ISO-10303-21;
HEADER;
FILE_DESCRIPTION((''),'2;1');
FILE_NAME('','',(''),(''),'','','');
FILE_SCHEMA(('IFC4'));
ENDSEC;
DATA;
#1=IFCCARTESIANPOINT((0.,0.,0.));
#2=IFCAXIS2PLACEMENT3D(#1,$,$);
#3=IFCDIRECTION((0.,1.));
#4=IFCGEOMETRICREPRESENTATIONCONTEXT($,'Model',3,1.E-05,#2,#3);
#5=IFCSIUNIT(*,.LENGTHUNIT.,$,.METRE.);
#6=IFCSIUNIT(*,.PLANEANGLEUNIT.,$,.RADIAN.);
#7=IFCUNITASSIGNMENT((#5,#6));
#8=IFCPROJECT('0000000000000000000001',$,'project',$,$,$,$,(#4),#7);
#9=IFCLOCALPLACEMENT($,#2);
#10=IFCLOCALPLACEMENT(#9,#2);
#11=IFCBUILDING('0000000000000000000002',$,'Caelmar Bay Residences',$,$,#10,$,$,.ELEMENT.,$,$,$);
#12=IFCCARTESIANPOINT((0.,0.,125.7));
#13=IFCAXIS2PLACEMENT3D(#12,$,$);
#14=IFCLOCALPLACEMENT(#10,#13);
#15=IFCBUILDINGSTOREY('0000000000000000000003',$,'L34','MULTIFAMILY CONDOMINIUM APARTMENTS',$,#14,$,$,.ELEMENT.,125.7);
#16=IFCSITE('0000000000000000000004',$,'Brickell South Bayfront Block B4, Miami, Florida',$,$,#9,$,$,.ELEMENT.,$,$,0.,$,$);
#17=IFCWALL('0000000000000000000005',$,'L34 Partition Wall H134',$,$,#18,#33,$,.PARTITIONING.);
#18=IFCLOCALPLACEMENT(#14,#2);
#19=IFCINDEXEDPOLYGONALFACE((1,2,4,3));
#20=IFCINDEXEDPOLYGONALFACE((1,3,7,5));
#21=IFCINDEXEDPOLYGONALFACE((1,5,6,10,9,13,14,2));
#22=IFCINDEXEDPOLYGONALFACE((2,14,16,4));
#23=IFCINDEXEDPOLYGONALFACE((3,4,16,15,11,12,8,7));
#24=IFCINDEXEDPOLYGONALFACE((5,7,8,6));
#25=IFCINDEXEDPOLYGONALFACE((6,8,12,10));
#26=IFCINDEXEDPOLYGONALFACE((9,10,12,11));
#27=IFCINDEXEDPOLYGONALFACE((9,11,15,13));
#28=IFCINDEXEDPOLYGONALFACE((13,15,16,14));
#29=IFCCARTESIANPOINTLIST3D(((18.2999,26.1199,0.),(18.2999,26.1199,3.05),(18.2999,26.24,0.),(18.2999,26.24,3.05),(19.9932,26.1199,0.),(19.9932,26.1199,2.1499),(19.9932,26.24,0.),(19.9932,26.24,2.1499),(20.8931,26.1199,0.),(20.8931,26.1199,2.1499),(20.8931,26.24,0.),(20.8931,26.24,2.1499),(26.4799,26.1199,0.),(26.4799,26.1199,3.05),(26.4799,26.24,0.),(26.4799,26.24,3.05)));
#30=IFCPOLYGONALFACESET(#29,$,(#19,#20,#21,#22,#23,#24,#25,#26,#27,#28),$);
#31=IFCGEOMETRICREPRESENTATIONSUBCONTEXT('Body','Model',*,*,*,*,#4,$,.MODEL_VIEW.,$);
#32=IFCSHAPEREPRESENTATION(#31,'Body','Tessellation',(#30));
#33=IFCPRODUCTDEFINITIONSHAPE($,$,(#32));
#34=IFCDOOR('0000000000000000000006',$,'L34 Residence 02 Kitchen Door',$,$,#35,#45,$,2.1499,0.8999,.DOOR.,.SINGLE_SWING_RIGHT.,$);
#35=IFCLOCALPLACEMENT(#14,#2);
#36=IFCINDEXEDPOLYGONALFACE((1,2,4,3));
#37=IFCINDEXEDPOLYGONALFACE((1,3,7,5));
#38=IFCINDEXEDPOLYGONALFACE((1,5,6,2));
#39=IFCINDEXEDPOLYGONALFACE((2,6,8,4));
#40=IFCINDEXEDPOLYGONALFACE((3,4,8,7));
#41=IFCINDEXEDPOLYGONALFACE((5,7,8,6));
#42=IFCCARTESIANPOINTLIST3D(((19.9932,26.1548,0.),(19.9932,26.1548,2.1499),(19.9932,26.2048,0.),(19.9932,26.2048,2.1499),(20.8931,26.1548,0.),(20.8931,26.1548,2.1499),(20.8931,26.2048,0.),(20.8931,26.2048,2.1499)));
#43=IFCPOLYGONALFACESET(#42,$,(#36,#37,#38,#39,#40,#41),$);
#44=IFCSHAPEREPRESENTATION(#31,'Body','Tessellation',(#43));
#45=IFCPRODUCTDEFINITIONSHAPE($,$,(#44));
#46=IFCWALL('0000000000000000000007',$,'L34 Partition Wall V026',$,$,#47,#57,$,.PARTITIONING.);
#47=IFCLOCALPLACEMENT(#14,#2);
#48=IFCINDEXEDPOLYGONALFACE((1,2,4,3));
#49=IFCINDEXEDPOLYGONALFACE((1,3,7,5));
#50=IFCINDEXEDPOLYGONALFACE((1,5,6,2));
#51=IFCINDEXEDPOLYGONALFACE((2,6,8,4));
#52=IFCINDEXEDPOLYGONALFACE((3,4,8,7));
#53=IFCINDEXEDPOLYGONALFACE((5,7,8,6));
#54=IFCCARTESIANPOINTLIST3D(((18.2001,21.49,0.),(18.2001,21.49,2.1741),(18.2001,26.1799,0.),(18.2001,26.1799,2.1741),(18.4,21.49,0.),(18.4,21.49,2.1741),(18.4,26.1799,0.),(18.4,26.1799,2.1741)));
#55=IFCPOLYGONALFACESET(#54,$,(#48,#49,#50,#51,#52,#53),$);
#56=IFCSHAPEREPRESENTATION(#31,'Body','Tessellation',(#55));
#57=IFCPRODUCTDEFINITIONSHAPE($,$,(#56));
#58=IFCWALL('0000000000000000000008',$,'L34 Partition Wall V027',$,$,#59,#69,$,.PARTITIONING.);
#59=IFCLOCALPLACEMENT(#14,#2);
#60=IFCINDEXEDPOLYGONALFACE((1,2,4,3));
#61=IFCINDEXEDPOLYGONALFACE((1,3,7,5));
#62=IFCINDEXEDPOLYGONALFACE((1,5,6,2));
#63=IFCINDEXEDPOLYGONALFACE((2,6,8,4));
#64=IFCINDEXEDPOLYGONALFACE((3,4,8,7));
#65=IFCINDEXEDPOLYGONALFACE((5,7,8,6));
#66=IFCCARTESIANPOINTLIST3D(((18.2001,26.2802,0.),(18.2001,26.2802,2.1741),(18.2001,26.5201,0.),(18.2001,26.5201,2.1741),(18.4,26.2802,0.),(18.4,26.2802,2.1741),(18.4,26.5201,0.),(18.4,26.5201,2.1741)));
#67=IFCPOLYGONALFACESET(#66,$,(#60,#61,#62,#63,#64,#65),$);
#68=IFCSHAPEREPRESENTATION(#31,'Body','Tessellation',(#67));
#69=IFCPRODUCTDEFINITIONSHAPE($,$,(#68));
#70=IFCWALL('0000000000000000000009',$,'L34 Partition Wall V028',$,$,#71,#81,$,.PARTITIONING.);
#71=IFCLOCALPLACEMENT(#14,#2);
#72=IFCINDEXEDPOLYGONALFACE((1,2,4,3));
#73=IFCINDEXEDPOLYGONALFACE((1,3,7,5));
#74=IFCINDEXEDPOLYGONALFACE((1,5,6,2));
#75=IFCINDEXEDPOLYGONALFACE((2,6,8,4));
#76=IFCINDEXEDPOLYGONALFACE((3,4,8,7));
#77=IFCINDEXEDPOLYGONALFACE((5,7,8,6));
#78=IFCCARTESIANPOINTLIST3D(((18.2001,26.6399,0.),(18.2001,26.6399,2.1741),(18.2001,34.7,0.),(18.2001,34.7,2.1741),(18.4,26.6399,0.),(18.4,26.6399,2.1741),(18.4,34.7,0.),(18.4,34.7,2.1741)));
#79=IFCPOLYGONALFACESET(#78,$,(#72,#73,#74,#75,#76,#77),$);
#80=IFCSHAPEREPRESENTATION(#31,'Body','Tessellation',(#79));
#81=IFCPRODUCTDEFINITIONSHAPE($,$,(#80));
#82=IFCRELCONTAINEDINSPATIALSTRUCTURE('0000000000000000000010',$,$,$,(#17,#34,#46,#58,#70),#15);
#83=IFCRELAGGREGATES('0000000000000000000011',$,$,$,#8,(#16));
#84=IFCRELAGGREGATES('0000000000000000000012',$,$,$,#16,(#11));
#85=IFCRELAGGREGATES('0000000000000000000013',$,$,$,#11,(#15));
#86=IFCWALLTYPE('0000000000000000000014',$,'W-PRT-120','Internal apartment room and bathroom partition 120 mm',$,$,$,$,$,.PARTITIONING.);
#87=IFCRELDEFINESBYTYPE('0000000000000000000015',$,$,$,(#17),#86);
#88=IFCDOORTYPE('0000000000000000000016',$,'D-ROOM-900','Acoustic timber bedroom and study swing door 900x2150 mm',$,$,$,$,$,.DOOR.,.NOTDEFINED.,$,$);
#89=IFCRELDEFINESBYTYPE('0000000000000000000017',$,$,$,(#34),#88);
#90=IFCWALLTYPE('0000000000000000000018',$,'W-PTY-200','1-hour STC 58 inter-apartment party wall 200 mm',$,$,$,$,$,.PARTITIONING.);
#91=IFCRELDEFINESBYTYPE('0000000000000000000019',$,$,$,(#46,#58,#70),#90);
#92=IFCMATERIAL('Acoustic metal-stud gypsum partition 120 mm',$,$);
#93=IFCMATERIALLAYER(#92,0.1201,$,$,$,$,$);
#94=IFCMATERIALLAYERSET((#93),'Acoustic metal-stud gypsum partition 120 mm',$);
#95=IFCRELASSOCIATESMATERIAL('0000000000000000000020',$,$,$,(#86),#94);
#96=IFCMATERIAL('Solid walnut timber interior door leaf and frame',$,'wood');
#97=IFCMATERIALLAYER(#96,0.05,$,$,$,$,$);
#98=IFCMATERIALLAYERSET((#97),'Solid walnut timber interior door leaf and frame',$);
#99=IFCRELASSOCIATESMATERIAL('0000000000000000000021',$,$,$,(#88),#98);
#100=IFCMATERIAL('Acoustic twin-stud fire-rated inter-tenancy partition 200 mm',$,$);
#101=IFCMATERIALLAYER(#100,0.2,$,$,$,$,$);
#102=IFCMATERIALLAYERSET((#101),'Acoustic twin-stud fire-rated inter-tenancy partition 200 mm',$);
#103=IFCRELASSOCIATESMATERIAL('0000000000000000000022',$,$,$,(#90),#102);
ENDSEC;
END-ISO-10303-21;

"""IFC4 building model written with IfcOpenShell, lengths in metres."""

from ifc_helpers import new_model, si_unit, direction, frame, frame_2d, origin, place, context, subcontext, project, spatial, rectangle, extrude, material, layer, layer_set, type_object, element, fill, save


model = new_model("IFC4")

# Units and contexts
model_context = context("Model", 3, precision=1e-05, world=origin(), true_north=direction((0.0, 1.0)))
body_context = subcontext(model_context, "Body", "Model", "MODEL_VIEW")
ifc_project = project(units=[si_unit("LENGTHUNIT", "METRE"), si_unit("PLANEANGLEUNIT", "RADIAN")], contexts=[model_context])

# Site, building, storey
site_placement = place(None, origin())
site = spatial("IfcSite", under=ifc_project, at=site_placement, Name="Brickell South Bayfront Block B4, Miami, Florida", CompositionType="ELEMENT", RefElevation=0.0)
building_placement = place(site_placement, origin())
building = spatial("IfcBuilding", under=site, at=building_placement, Name="Caelmar Bay Residences", CompositionType="ELEMENT")
storey_placement = place(building_placement, frame((0.0, 0.0, 125.7)))
storey = spatial("IfcBuildingStorey", under=building, at=storey_placement, Name="L34", Description="MULTIFAMILY CONDOMINIUM APARTMENTS", CompositionType="ELEMENT", Elevation=125.7)

# Shared definitions
ifc_material_1 = material(Name="Acoustic metal-stud gypsum partition 120 mm")
ifc_layer_1 = layer(ifc_material_1, 0.1201)
ifc_layer_set_1 = layer_set([ifc_layer_1], Name="Acoustic metal-stud gypsum partition 120 mm")
wall_type_1 = type_object("IfcWallType", Name="W-PRT-120", Description="Internal apartment room and bathroom partition 120 mm", PredefinedType="PARTITIONING", material=ifc_layer_set_1)
ifc_material_2 = material(Name="Solid walnut timber interior door leaf and frame", Category="wood")
ifc_layer_2 = layer(ifc_material_2, 0.05)
ifc_layer_set_2 = layer_set([ifc_layer_2], Name="Solid walnut timber interior door leaf and frame")
door_type_1 = type_object("IfcDoorType", Name="D-ROOM-900", Description="Acoustic timber bedroom and study swing door 900x2150 mm", OperationType="NOTDEFINED", PredefinedType="DOOR", material=ifc_layer_set_2)

# Wall, opening, door
wall_1_placement = place(storey_placement, frame((18.3, 26.1799, 0.0), z_axis=(0.0, 0.0, 1.0), x_axis=(1.0, 0.0, 0.0)))
wall_1 = element("IfcWall", 1, at=wall_1_placement, inside=storey, type_object=wall_type_1, Name="L34 Partition Wall H134", PredefinedType="PARTITIONING", context=body_context, shape_type="SweptSolid", body=[
    extrude(rectangle(XDim=8.1799, YDim=0.1201, at=frame_2d((4.0898, 0.0))), origin(), (0.0, 0.0, 1.0), 3.05),
])
opening_1_placement = place(wall_1_placement, frame((1.6931, 0.0, 0.0)))
opening_1 = element("IfcOpeningElement", 2, at=opening_1_placement, cuts=wall_1, PredefinedType="OPENING", context=body_context, shape_type="SweptSolid", body=[
    extrude(rectangle(XDim=0.8999, YDim=2.1499, at=frame_2d((0.45, 1.075))), frame((0.0, 0.0701, 0.0), z_axis=(0.0, -1.0, 0.0), x_axis=(1.0, 0.0, 0.0)), (0.0, 0.0, 1.0), 0.1401),
])
door_1_placement = place(opening_1_placement, origin())
door_1 = element("IfcDoor", 3, at=door_1_placement, inside=storey, type_object=door_type_1, Name="L34 Residence 02 Kitchen Door", OperationType="SINGLE_SWING_RIGHT", OverallHeight=2.1499, OverallWidth=0.8999, PredefinedType="DOOR", context=body_context, shape_type="SweptSolid", body=[
    extrude(rectangle(XDim=0.8999, YDim=2.1499, at=frame_2d((0.45, 1.075))), frame((0.0, 0.0249, 0.0), z_axis=(0.0, -1.0, 0.0), x_axis=(1.0, 0.0, 0.0)), (0.0, 0.0, 1.0), 0.05),
])
fill(opening_1, door_1)

# Walls
ifc_material_3 = material(Name="Acoustic twin-stud fire-rated inter-tenancy partition 200 mm")
ifc_layer_3 = layer(ifc_material_3, 0.2)
ifc_layer_set_3 = layer_set([ifc_layer_3], Name="Acoustic twin-stud fire-rated inter-tenancy partition 200 mm")
wall_type_2 = type_object("IfcWallType", Name="W-PTY-200", Description="1-hour STC 58 inter-apartment party wall 200 mm", PredefinedType="PARTITIONING", material=ifc_layer_set_3)
wall_2_placement = place(storey_placement, frame((18.3, 21.49, 0.0), z_axis=(0.0, 0.0, 1.0), x_axis=(0.0, 1.0, 0.0)))
element("IfcWall", 4, at=wall_2_placement, inside=storey, type_object=wall_type_2, Name="L34 Partition Wall V026", PredefinedType="PARTITIONING", context=body_context, shape_type="SweptSolid", body=[
    extrude(rectangle(XDim=4.6899, YDim=0.2, at=frame_2d((2.345, 0.0))), origin(), (0.0, 0.0, 1.0), 2.1741),
])
wall_3_placement = place(storey_placement, frame((18.3, 26.28, 0.0), z_axis=(0.0, 0.0, 1.0), x_axis=(0.0, 1.0, 0.0)))
element("IfcWall", 5, at=wall_3_placement, inside=storey, type_object=wall_type_2, Name="L34 Partition Wall V027", PredefinedType="PARTITIONING", context=body_context, shape_type="SweptSolid", body=[
    extrude(rectangle(XDim=0.24, YDim=0.2, at=frame_2d((0.1201, 0.0))), origin(), (0.0, 0.0, 1.0), 2.1741),
])
wall_4_placement = place(storey_placement, frame((18.3, 26.6399, 0.0), z_axis=(0.0, 0.0, 1.0), x_axis=(0.0, 1.0, 0.0)))
element("IfcWall", 6, at=wall_4_placement, inside=storey, type_object=wall_type_2, Name="L34 Partition Wall V028", PredefinedType="PARTITIONING", context=body_context, shape_type="SweptSolid", body=[
    extrude(rectangle(XDim=8.0601, YDim=0.2, at=frame_2d((4.03, 0.0))), origin(), (0.0, 0.0, 1.0), 2.1741),
])

save(model, "model.ifc")
